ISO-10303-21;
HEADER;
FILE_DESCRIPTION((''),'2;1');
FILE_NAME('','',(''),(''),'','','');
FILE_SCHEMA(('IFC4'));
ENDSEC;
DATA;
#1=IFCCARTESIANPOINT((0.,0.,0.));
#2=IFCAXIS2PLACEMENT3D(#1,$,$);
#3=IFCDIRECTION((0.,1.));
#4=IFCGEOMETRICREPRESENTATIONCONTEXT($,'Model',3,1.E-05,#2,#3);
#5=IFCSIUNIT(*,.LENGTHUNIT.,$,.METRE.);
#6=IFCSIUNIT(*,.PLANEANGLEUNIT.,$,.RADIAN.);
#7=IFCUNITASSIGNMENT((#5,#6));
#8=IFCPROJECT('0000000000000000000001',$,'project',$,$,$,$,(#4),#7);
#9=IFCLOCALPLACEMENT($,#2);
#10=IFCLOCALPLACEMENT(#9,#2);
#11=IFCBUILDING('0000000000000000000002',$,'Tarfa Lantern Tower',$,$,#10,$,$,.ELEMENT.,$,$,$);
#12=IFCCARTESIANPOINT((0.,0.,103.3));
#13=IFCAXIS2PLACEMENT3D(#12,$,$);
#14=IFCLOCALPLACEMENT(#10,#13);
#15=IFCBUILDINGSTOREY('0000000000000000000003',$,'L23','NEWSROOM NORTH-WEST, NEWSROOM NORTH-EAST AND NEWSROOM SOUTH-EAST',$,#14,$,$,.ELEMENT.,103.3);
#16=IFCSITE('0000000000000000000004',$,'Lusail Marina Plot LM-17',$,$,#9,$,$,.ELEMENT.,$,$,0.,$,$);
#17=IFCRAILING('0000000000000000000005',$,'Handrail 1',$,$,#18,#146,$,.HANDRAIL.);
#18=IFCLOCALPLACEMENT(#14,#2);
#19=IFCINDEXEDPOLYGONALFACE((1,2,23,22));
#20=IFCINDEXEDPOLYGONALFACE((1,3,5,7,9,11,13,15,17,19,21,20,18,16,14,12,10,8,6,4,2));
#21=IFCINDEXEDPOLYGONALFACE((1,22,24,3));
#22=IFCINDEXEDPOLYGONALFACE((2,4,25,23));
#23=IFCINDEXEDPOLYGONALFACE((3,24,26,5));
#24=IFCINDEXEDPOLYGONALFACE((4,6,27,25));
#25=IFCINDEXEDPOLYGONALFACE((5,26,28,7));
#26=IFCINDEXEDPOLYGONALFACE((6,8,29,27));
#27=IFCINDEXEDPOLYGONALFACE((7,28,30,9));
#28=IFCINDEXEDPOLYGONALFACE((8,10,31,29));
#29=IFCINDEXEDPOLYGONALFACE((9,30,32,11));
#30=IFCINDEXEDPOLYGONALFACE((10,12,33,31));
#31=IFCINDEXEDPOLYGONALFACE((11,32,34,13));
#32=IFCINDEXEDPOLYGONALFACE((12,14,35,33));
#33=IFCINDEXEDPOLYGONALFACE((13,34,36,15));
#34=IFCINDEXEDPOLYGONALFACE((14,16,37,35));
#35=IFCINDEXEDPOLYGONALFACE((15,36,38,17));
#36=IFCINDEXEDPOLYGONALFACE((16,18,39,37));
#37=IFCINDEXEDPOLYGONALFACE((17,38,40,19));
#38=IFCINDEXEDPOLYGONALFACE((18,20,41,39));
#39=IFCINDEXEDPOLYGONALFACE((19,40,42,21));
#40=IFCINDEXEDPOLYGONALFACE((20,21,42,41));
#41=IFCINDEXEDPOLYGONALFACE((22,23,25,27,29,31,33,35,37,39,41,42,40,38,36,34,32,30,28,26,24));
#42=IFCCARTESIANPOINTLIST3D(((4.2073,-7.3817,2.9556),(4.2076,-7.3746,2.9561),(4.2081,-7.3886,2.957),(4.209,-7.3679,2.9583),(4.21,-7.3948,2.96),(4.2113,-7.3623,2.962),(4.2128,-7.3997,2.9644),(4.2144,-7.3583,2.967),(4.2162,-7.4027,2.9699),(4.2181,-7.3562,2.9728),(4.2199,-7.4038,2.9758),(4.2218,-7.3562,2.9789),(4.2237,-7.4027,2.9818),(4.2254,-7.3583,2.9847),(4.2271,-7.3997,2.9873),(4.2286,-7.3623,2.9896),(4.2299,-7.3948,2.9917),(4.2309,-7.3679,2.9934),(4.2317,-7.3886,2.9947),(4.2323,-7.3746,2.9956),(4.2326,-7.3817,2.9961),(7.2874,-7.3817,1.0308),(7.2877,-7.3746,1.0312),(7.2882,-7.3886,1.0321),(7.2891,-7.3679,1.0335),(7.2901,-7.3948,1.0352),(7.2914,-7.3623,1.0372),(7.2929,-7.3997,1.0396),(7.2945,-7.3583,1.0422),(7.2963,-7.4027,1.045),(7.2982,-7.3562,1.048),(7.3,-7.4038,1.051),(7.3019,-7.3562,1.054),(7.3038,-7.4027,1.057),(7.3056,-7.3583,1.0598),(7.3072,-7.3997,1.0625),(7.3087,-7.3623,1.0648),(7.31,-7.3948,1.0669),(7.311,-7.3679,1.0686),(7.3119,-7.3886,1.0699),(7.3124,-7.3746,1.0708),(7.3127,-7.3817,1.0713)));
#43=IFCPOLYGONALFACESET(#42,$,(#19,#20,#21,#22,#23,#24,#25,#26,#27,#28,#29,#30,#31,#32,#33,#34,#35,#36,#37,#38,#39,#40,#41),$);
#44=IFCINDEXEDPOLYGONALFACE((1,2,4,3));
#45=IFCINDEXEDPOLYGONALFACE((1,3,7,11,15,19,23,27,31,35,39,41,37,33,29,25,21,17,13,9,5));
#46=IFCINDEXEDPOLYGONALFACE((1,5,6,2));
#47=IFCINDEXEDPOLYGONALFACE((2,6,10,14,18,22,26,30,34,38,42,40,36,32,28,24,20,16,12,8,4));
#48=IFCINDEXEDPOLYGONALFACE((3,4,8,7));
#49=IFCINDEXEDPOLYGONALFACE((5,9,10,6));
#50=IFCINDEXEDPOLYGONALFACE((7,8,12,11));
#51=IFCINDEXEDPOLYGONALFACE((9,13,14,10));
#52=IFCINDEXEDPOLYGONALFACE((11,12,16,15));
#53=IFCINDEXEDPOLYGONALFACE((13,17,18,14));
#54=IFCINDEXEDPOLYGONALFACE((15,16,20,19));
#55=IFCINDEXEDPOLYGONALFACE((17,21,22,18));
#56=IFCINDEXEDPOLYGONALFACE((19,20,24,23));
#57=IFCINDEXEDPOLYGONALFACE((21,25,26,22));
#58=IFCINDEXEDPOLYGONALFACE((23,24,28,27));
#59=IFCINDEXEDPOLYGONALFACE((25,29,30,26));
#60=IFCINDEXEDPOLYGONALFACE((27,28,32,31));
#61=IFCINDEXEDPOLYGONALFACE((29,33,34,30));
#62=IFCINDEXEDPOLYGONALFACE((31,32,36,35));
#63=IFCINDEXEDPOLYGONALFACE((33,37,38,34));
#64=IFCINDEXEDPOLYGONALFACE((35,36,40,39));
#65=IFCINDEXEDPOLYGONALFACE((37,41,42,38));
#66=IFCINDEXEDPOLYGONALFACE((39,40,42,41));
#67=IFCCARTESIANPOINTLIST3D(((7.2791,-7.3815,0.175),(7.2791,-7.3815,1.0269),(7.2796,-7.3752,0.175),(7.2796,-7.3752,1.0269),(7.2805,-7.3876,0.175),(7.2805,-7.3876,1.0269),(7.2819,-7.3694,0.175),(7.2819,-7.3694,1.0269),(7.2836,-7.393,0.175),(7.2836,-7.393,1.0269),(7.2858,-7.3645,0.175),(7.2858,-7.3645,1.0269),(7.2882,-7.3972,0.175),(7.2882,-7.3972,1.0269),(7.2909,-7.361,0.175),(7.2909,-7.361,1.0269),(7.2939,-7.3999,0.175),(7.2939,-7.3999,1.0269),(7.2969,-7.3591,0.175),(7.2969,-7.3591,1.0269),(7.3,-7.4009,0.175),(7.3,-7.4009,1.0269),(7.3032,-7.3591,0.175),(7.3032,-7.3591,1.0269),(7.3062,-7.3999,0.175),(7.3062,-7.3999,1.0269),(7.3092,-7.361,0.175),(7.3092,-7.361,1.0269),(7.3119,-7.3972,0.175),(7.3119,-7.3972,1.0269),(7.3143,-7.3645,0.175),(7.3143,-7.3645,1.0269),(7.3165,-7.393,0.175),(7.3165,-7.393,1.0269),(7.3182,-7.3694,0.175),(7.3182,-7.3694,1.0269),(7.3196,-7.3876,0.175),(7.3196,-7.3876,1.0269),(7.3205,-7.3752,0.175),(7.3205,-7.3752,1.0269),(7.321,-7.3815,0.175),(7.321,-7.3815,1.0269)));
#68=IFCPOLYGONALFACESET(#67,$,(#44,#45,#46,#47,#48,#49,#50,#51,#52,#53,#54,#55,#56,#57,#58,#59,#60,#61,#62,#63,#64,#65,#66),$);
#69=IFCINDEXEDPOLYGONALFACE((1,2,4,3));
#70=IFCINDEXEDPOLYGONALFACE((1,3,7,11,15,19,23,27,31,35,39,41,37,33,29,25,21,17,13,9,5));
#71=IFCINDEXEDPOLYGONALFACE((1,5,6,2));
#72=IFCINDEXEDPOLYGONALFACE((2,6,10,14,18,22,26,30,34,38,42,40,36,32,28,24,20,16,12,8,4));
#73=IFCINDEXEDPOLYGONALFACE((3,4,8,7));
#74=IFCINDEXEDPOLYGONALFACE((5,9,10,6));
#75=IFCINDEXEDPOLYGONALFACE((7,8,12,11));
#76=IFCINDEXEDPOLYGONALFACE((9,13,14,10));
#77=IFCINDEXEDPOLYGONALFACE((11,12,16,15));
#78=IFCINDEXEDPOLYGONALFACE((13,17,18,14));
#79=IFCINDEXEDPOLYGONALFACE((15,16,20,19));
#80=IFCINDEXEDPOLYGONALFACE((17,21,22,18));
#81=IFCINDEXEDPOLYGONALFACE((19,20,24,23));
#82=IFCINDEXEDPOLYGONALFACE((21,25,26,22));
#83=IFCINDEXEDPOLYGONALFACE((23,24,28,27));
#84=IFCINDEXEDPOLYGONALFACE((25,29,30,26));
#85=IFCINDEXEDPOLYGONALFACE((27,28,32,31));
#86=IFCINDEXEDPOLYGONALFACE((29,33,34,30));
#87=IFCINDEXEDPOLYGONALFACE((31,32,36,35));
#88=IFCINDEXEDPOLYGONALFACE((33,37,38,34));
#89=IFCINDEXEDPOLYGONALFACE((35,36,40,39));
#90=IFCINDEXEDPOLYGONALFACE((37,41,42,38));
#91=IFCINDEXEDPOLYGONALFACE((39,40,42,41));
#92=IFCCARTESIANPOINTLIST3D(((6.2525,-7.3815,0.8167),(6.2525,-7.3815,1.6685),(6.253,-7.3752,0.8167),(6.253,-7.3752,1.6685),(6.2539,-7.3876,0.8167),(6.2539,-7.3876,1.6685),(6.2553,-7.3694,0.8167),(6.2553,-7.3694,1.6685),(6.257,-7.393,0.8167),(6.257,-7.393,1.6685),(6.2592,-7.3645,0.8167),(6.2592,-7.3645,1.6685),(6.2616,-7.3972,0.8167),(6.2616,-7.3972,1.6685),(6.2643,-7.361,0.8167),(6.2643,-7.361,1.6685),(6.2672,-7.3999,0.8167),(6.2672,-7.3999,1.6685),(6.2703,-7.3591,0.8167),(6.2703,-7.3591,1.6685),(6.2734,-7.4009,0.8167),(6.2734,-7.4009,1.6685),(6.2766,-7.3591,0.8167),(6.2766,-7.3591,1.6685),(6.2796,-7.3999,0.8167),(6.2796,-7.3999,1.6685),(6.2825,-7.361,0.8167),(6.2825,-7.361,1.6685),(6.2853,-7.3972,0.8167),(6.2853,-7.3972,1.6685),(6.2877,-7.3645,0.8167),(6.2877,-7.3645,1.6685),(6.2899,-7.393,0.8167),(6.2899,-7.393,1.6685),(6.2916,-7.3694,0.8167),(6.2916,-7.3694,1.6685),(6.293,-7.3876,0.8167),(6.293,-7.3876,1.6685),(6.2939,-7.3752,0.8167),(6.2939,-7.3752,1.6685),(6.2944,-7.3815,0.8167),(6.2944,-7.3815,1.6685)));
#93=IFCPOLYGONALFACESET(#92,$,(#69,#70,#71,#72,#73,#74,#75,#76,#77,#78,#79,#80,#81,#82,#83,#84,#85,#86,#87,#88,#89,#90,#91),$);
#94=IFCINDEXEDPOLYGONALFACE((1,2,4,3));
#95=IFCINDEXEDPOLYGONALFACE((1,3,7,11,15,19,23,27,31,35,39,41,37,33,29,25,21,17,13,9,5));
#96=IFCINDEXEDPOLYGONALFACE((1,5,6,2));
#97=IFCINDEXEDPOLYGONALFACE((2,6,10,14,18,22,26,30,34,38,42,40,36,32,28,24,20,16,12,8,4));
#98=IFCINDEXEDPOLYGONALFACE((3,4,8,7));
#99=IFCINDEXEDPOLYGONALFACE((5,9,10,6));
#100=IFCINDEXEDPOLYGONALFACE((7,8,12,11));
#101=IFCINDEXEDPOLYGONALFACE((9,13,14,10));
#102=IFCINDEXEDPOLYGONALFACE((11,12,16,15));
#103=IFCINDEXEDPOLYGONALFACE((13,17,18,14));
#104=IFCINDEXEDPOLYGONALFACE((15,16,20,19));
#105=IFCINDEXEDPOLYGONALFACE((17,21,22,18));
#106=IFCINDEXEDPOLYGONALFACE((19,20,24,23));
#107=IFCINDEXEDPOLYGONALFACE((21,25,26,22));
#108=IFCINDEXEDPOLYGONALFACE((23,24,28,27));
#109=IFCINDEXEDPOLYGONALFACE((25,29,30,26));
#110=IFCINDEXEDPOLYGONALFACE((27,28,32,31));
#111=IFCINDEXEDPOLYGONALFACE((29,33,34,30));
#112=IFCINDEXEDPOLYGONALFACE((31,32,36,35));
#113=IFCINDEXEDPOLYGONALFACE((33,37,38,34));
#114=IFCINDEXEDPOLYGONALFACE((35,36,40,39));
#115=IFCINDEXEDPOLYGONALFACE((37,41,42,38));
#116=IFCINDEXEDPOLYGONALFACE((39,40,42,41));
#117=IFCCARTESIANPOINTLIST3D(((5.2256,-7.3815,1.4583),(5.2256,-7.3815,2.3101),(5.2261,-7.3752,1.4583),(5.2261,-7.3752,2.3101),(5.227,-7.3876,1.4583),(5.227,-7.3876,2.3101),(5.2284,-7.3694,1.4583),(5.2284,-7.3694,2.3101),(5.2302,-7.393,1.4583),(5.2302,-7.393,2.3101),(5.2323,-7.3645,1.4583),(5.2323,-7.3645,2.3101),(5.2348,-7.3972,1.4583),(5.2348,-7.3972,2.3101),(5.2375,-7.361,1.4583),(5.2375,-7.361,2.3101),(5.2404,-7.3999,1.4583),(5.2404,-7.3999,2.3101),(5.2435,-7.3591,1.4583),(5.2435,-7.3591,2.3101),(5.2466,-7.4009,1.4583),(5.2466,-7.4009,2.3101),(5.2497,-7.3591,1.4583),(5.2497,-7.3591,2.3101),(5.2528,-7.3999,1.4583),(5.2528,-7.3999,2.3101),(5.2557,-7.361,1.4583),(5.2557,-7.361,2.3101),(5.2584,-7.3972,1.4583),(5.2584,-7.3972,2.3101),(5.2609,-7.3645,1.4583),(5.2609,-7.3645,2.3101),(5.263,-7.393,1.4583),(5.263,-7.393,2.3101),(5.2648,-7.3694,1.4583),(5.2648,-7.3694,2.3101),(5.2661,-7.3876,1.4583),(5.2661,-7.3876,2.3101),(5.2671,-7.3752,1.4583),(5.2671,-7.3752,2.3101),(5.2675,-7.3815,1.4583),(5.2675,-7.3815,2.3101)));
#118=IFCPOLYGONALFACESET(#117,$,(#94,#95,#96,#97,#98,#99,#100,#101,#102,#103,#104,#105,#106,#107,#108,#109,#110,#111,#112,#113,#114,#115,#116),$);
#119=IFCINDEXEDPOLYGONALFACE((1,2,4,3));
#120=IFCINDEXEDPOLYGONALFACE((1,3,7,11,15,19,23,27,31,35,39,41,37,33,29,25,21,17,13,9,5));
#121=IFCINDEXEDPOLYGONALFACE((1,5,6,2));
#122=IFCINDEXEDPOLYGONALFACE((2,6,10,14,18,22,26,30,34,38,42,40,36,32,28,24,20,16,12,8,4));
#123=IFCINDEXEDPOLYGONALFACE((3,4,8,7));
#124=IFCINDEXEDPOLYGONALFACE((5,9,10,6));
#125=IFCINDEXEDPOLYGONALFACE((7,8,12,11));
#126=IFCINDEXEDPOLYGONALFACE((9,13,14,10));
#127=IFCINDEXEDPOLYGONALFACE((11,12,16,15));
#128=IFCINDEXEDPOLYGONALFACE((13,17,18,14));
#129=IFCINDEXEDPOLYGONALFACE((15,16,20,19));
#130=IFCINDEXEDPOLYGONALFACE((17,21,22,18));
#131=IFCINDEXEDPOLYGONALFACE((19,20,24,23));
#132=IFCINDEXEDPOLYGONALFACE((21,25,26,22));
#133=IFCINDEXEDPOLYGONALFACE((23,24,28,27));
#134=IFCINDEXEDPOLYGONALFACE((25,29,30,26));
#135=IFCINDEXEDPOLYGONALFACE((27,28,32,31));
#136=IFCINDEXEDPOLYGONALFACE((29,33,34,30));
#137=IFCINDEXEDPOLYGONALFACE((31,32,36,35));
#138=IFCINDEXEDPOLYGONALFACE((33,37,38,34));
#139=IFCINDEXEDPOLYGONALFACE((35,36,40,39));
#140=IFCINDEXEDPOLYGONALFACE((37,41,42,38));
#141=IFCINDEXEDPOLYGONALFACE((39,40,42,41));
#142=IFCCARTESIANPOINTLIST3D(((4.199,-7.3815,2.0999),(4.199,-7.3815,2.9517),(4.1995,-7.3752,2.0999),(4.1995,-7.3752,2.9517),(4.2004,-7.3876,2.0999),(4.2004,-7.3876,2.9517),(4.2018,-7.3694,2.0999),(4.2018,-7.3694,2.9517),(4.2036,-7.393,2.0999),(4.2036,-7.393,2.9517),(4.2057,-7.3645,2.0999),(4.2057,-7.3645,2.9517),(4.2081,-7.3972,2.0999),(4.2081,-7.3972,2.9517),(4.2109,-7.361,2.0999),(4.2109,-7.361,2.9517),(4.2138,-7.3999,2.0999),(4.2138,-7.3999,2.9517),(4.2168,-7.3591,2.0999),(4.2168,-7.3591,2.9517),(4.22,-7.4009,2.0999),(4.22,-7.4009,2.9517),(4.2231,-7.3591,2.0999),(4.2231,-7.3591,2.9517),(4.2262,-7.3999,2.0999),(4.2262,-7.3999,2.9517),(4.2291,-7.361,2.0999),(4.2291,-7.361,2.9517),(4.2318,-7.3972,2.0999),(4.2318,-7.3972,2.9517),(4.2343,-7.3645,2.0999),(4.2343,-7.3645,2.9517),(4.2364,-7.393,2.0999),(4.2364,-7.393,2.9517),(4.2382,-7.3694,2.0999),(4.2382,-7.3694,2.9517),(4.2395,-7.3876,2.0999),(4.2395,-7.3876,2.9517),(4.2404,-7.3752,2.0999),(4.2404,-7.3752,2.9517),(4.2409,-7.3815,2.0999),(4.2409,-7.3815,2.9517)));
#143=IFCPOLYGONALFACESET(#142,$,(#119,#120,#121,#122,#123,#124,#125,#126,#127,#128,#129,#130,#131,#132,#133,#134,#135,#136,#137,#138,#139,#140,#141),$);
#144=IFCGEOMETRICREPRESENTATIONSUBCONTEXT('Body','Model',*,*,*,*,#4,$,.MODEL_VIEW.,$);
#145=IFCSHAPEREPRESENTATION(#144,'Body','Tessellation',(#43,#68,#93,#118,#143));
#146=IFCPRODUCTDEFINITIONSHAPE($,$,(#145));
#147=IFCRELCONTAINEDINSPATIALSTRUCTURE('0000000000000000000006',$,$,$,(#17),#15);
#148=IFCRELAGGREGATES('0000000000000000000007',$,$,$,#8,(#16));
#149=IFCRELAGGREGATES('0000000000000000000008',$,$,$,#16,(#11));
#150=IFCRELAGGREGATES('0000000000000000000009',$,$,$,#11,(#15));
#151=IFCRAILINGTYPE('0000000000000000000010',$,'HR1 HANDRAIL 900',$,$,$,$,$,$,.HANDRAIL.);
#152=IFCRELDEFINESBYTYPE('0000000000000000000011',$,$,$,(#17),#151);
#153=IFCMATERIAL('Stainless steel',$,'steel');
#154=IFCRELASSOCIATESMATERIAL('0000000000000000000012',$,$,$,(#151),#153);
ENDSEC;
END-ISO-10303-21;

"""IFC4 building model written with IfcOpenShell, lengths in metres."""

from ifc_helpers import new_model, si_unit, direction, frame, origin, origin_2d, place, context, subcontext, project, spatial, circle, extrude, material, type_object, element, save


model = new_model("IFC4")

# Units and contexts
model_context = context("Model", 3, precision=1e-05, world=origin(), true_north=direction((0.0, 1.0)))
body_context = subcontext(model_context, "Body", "Model", "MODEL_VIEW")
ifc_project = project(units=[si_unit("LENGTHUNIT", "METRE"), si_unit("PLANEANGLEUNIT", "RADIAN")], contexts=[model_context])

# Site, building, storey
site_placement = place(None, origin())
site = spatial("IfcSite", under=ifc_project, at=site_placement, Name="Lusail Marina Plot LM-17", CompositionType="ELEMENT", RefElevation=0.0)
building_placement = place(site_placement, origin())
building = spatial("IfcBuilding", under=site, at=building_placement, Name="Tarfa Lantern Tower", CompositionType="ELEMENT")
storey_placement = place(building_placement, frame((0.0, 0.0, 103.3)))
storey = spatial("IfcBuildingStorey", under=building, at=storey_placement, Name="L23", Description="NEWSROOM NORTH-WEST, NEWSROOM NORTH-EAST AND NEWSROOM SOUTH-EAST", CompositionType="ELEMENT", Elevation=103.3)

# Railing
ifc_material_1 = material(Name="Stainless steel", Category="steel")
railing_type = type_object("IfcRailingType", Name="HR1 HANDRAIL 900", PredefinedType="HANDRAIL", material=ifc_material_1)
railing_1_placement = place(storey_placement, frame((7.3, -7.3799, 0.175)))
element("IfcRailing", 1, at=railing_1_placement, inside=storey, type_object=railing_type, Name="Handrail 1", PredefinedType="HANDRAIL", context=body_context, shape_type="SweptSolid", body=[
    extrude(circle(Radius=0.0239, at=origin_2d()), frame((0.0, 0.0, 0.876), z_axis=(-0.848029, 0.0, 0.529951), x_axis=(0.0, -1.0, 0.0)), (0.0, 0.0, 1.0), 3.6321),
    extrude(circle(Radius=0.021, at=origin_2d()), frame((0.0, 0.0, 0.0), z_axis=(0.0, 0.0, 1.0), x_axis=(0.0, -1.0, 0.0)), (0.0, 0.0, 1.0), 0.8518),
    extrude(circle(Radius=0.021, at=origin_2d()), frame((-1.0266, 0.0, 0.6416), z_axis=(0.0, 0.0, 1.0), x_axis=(0.0, -1.0, 0.0)), (0.0, 0.0, 1.0), 0.8518),
    extrude(circle(Radius=0.021, at=origin_2d()), frame((-2.0535, 0.0, 1.2832), z_axis=(0.0, 0.0, 1.0), x_axis=(0.0, -1.0, 0.0)), (0.0, 0.0, 1.0), 0.8518),
    extrude(circle(Radius=0.021, at=origin_2d()), frame((-3.0801, 0.0, 1.9248), z_axis=(0.0, 0.0, 1.0), x_axis=(0.0, -1.0, 0.0)), (0.0, 0.0, 1.0), 0.8518),
])

save(model, "model.ifc")
